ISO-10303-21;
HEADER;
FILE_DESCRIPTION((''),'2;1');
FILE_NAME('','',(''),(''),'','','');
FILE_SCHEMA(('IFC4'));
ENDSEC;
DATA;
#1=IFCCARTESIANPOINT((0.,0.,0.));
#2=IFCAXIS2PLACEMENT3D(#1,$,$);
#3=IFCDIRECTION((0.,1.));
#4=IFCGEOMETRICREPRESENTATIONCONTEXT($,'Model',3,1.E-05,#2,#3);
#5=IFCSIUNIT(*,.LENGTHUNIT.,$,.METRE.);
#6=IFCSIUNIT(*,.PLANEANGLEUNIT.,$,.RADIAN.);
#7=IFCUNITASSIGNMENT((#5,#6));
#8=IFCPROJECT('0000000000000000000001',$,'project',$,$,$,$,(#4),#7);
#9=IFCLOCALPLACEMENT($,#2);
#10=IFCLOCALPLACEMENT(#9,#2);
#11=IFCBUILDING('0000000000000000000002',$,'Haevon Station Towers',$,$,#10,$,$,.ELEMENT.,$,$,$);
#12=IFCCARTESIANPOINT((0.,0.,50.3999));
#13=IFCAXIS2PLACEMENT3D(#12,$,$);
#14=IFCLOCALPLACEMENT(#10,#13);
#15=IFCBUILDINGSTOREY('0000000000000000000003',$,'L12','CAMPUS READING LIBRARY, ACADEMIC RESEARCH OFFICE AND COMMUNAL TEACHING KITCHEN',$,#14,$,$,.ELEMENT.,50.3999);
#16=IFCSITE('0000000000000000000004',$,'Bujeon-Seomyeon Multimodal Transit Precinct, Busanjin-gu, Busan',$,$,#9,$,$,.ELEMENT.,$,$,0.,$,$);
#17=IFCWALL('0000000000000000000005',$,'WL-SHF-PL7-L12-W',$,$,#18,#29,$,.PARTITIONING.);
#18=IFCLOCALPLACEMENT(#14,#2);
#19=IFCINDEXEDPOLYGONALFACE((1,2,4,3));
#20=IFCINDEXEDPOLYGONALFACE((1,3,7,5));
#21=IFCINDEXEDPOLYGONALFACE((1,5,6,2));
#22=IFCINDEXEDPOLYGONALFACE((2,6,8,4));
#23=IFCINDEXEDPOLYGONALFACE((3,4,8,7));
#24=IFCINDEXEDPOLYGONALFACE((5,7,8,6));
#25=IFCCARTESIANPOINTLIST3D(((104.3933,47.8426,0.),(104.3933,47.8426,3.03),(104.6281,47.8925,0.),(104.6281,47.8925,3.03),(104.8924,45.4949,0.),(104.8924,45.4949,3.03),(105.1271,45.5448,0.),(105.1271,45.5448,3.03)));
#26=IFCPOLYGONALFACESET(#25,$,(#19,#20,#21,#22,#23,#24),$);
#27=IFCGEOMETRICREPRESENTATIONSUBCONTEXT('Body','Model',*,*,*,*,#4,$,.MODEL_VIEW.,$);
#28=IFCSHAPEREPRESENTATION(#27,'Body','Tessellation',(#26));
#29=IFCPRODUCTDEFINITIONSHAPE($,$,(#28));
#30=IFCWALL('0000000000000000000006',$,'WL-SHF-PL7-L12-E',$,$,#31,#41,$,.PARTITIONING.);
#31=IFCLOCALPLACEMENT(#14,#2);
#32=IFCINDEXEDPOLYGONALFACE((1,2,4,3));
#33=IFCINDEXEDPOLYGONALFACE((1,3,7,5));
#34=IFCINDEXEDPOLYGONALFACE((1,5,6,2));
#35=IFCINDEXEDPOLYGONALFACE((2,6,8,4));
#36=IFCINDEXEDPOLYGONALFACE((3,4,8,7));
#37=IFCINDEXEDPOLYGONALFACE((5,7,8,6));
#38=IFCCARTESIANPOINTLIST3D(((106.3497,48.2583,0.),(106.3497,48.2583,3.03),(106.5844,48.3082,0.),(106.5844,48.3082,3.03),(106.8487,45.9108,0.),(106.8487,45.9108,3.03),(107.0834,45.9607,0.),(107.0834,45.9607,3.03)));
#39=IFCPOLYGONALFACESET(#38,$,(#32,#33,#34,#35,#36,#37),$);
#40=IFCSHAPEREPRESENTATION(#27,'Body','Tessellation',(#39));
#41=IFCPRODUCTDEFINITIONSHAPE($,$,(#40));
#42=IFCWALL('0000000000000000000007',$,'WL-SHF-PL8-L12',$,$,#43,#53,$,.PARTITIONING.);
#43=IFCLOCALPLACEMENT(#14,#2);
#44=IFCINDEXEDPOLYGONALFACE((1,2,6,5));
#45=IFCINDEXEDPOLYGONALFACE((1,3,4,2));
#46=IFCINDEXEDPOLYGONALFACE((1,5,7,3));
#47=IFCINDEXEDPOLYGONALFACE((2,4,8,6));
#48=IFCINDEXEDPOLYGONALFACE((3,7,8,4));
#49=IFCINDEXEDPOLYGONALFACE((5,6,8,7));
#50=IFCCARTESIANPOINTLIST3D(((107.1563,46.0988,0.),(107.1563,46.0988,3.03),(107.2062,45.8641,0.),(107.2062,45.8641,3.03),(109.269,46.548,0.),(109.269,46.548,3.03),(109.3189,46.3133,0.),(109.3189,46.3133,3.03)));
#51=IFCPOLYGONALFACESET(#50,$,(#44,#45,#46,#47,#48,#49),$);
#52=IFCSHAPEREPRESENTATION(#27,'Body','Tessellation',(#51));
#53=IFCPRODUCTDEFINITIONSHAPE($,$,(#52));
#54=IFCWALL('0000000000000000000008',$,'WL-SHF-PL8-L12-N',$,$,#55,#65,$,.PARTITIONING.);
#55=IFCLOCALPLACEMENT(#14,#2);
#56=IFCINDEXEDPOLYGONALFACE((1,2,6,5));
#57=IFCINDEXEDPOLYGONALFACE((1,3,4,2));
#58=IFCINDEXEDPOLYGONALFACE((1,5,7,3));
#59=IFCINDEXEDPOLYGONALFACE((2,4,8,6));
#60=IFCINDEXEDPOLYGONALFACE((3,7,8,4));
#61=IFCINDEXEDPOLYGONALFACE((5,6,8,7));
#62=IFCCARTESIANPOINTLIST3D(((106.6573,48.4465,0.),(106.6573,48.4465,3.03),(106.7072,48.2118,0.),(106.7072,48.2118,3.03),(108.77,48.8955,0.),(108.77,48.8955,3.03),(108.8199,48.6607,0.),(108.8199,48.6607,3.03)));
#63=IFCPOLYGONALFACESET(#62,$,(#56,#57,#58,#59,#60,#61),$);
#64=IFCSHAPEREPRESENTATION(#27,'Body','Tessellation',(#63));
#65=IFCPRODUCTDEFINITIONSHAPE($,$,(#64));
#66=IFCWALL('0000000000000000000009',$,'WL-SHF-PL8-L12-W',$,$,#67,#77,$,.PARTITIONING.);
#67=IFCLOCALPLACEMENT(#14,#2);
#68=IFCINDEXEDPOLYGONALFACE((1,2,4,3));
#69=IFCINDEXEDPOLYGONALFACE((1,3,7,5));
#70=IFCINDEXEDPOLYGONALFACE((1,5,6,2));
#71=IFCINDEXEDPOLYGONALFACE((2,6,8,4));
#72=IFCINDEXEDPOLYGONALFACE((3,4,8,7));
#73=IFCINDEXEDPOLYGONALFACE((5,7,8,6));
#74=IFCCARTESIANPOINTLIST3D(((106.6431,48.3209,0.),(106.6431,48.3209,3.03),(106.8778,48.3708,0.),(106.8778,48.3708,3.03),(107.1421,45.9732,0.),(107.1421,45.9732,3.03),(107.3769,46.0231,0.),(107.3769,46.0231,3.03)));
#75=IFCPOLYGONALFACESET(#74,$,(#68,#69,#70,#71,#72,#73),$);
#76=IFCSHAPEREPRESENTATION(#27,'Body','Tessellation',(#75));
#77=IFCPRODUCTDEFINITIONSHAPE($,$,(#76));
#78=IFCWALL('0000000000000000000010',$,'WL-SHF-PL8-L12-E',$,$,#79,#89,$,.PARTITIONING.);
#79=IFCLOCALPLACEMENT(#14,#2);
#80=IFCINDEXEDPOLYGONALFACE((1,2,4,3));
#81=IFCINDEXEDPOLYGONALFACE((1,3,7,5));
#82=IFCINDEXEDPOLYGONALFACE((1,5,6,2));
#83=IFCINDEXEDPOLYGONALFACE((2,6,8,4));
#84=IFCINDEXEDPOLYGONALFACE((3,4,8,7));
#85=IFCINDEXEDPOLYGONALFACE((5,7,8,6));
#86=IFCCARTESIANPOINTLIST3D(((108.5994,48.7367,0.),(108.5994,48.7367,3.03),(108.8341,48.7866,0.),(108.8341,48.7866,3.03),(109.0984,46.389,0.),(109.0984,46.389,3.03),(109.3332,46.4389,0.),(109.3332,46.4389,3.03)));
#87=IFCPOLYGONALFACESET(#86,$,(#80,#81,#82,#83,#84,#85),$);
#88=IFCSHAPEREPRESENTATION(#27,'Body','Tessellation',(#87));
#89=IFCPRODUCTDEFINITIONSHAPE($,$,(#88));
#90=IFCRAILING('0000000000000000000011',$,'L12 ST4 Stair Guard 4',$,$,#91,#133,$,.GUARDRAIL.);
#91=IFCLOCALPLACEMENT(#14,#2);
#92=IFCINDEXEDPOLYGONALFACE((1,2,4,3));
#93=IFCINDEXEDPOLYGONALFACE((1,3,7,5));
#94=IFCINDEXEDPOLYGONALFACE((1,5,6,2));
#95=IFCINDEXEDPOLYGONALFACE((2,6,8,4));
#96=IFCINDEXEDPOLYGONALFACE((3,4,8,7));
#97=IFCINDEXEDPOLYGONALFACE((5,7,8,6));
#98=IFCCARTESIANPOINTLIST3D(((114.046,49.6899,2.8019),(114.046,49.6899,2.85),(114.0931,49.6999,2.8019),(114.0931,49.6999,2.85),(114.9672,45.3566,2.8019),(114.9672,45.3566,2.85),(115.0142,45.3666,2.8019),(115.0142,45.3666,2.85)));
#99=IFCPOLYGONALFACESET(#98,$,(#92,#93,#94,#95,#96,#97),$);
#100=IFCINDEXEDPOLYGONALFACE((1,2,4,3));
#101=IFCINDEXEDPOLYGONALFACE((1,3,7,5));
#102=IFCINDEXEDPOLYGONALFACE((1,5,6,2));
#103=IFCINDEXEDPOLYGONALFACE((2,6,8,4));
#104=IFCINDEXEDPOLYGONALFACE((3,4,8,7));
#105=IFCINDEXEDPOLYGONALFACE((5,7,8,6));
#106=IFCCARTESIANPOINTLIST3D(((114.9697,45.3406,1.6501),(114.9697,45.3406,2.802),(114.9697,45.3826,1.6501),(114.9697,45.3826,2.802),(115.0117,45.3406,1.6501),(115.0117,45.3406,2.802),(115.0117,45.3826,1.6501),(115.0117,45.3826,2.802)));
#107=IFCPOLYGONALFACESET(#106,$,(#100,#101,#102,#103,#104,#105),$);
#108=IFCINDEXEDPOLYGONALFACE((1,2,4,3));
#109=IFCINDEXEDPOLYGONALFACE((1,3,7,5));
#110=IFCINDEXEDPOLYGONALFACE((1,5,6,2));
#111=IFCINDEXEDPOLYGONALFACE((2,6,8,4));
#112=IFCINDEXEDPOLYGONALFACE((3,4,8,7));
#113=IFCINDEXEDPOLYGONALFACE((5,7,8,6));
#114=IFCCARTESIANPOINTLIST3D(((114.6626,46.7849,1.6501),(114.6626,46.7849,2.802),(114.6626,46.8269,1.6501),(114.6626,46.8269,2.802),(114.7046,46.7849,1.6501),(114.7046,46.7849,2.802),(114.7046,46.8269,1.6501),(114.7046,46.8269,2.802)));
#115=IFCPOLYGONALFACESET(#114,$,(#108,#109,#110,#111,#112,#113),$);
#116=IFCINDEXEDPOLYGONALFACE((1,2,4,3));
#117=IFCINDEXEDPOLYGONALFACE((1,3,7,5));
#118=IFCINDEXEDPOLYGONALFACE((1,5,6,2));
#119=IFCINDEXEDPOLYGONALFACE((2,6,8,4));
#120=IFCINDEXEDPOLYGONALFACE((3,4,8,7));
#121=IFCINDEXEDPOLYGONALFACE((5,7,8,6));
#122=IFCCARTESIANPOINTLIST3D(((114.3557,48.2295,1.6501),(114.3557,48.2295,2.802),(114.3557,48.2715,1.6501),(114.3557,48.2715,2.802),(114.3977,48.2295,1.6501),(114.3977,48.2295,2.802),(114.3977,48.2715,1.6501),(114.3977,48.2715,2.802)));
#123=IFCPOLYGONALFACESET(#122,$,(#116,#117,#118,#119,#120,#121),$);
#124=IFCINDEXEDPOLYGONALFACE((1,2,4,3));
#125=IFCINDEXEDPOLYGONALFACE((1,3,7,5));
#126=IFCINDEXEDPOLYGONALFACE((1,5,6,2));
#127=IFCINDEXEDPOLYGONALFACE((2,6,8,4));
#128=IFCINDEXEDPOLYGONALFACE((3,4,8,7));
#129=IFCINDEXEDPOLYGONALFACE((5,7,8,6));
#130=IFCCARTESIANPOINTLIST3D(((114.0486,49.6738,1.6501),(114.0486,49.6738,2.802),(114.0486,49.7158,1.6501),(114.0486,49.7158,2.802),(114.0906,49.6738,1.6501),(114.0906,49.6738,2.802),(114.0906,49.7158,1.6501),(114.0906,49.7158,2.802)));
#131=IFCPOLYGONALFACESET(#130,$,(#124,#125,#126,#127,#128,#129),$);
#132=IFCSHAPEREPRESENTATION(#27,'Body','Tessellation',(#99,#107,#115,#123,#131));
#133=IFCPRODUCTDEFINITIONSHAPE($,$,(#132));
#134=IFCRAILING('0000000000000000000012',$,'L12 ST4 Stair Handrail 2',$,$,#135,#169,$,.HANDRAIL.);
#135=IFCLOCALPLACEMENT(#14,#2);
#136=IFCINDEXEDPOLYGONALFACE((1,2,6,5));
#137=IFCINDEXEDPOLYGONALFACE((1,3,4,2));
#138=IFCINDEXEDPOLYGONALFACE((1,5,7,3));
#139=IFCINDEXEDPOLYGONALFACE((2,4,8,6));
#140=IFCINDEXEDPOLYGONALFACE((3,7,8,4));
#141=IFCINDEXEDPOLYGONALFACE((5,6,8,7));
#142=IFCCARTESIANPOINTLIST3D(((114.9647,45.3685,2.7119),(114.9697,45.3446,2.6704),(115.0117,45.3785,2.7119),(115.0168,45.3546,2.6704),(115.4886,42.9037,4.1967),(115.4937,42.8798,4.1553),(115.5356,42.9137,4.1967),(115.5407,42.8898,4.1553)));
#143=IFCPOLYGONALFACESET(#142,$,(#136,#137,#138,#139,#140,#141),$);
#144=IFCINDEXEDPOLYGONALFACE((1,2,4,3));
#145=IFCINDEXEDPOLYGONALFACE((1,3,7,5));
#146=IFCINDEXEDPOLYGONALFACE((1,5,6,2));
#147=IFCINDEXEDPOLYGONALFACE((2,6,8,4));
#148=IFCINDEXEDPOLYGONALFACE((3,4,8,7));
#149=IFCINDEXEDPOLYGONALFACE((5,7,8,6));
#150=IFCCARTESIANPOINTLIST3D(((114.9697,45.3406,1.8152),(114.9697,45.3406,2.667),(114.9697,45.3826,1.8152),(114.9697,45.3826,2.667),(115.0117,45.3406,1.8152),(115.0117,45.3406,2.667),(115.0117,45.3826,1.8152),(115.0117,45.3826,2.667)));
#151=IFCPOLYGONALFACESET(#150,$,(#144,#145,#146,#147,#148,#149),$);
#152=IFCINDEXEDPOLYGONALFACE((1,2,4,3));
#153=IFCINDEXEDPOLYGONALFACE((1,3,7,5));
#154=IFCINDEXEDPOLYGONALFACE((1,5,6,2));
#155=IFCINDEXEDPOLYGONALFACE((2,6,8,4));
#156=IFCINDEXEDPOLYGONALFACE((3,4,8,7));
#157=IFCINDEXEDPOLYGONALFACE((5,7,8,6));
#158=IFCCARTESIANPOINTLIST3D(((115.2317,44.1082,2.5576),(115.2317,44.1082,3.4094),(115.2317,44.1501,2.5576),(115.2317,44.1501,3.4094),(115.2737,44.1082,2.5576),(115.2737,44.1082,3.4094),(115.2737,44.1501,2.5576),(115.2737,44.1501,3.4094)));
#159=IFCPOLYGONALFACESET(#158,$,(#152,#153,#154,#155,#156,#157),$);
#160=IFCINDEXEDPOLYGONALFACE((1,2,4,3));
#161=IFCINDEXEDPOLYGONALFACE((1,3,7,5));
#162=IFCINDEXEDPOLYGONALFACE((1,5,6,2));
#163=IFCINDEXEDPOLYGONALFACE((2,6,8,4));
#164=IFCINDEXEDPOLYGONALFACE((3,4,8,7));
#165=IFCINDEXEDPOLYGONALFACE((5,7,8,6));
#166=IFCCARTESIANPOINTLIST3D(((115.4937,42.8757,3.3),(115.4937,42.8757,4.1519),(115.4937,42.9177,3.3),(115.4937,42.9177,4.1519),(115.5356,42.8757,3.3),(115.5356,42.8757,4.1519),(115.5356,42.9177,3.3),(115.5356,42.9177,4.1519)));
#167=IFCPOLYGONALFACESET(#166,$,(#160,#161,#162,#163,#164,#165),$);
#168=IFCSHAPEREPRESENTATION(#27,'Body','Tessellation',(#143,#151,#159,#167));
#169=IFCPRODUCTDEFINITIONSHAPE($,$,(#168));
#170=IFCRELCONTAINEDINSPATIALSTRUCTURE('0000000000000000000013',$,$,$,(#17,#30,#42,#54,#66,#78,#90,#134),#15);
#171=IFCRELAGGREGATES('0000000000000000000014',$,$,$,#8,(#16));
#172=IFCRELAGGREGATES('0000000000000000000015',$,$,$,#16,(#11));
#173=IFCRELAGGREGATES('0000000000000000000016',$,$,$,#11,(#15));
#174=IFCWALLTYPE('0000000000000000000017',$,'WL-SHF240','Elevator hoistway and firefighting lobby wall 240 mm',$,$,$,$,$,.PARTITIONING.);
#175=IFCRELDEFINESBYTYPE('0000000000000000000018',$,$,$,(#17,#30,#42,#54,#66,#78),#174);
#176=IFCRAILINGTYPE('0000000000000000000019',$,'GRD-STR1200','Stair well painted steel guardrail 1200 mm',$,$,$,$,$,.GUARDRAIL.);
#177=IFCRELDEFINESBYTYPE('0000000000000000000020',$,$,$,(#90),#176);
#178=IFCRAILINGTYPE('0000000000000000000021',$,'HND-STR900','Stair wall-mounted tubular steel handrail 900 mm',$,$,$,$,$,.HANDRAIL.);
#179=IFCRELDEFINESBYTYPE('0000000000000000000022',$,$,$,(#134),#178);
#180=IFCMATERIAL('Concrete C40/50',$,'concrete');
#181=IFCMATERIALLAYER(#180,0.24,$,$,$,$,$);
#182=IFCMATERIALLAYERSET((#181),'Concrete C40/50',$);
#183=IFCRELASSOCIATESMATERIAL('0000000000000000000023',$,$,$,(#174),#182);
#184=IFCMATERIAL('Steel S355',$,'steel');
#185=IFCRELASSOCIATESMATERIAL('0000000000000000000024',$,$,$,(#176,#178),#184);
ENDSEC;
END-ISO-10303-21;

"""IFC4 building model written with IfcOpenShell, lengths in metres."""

from ifc_helpers import new_model, si_unit, direction, frame, frame_2d, origin, origin_2d, place, context, subcontext, project, spatial, rectangle, extrude, material, layer, layer_set, type_object, element, save


model = new_model("IFC4")

# Units and contexts
model_context = context("Model", 3, precision=1e-05, world=origin(), true_north=direction((0.0, 1.0)))
body_context = subcontext(model_context, "Body", "Model", "MODEL_VIEW")
ifc_project = project(units=[si_unit("LENGTHUNIT", "METRE"), si_unit("PLANEANGLEUNIT", "RADIAN")], contexts=[model_context])

# Site, building, storey
site_placement = place(None, origin())
site = spatial("IfcSite", under=ifc_project, at=site_placement, Name="Bujeon-Seomyeon Multimodal Transit Precinct, Busanjin-gu, Busan", CompositionType="ELEMENT", RefElevation=0.0)
building_placement = place(site_placement, origin())
building = spatial("IfcBuilding", under=site, at=building_placement, Name="Haevon Station Towers", CompositionType="ELEMENT")
storey_placement = place(building_placement, frame((0.0, 0.0, 50.3999)))
storey = spatial("IfcBuildingStorey", under=building, at=storey_placement, Name="L12", Description="CAMPUS READING LIBRARY, ACADEMIC RESEARCH OFFICE AND COMMUNAL TEACHING KITCHEN", CompositionType="ELEMENT", Elevation=50.3999)

# Shared definitions
ifc_material_1 = material(Name="Steel S355", Category="steel")

# Shared definitions
ifc_material_2 = material(Name="Concrete C40/50", Category="concrete")
ifc_layer_1 = layer(ifc_material_2, 0.24)
ifc_layer_set_1 = layer_set([ifc_layer_1], Name="Concrete C40/50")
wall_type_1 = type_object("IfcWallType", Name="WL-SHF240", Description="Elevator hoistway and firefighting lobby wall 240 mm", PredefinedType="PARTITIONING", material=ifc_layer_set_1)

# Walls
wall_1_placement = place(storey_placement, frame((105.0098, 45.5198, 0.0), z_axis=(0.0, 0.0, 1.0), x_axis=(-0.207917, 0.978146, 0.0)))
element("IfcWall", 1, at=wall_1_placement, inside=storey, type_object=wall_type_1, Name="WL-SHF-PL7-L12-W", PredefinedType="PARTITIONING", context=body_context, shape_type="SweptSolid", body=[
    extrude(rectangle(XDim=2.4001, YDim=0.24, at=frame_2d((1.2002, 0.0))), origin(), (0.0, 0.0, 1.0), 3.03),
])
wall_2_placement = place(storey_placement, frame((106.9661, 45.9358, 0.0), z_axis=(0.0, 0.0, 1.0), x_axis=(-0.207938, 0.978142, 0.0)))
element("IfcWall", 2, at=wall_2_placement, inside=storey, type_object=wall_type_1, Name="WL-SHF-PL7-L12-E", PredefinedType="PARTITIONING", context=body_context, shape_type="SweptSolid", body=[
    extrude(rectangle(XDim=2.3999, YDim=0.24, at=frame_2d((1.2, 0.0))), origin(), (0.0, 0.0, 1.0), 3.03),
])
for number, where, z_axis, x_axis, name in (
    (3, (107.1812, 45.9814, 0.0), (0.0, 0.0, 1.0), (0.978135, 0.20797, 0.0), "WL-SHF-PL8-L12"),
    (4, (106.6821, 48.3291, 0.0), (0.0, 0.0, 1.0), (0.978158, 0.207861, 0.0), "WL-SHF-PL8-L12-N"),
):
    element("IfcWall", number, at=place(storey_placement, frame(where, z_axis=z_axis, x_axis=x_axis)), inside=storey, type_object=wall_type_1, Name=name, PredefinedType="PARTITIONING", context=body_context, shape_type="SweptSolid", body=[
        extrude(rectangle(XDim=2.1599, YDim=0.24, at=frame_2d((1.0801, 0.0))), origin(), (0.0, 0.0, 1.0), 3.03),
    ])
for number, where, z_axis, x_axis, name in (
    (5, (107.2595, 45.998, 0.0), (0.0, 0.0, 1.0), (-0.207917, 0.978146, 0.0), "WL-SHF-PL8-L12-W"),
    (6, (109.2158, 46.4138, 0.0), (0.0, 0.0, 1.0), (-0.207917, 0.978146, 0.0), "WL-SHF-PL8-L12-E"),
):
    element("IfcWall", number, at=place(storey_placement, frame(where, z_axis=z_axis, x_axis=x_axis)), inside=storey, type_object=wall_type_1, Name=name, PredefinedType="PARTITIONING", context=body_context, shape_type="SweptSolid", body=[
        extrude(rectangle(XDim=2.4001, YDim=0.24, at=frame_2d((1.2002, 0.0))), origin(), (0.0, 0.0, 1.0), 3.03),
    ])

# Railings
railing_type_1 = type_object("IfcRailingType", Name="GRD-STR1200", Description="Stair well painted steel guardrail 1200 mm", PredefinedType="GUARDRAIL", material=ifc_material_1)
railing_1_placement = place(storey_placement, frame((114.9907, 45.3616, 1.6501)))
element("IfcRailing", 7, at=railing_1_placement, inside=storey, type_object=railing_type_1, Name="L12 ST4 Stair Guard 4", PredefinedType="GUARDRAIL", context=body_context, shape_type="SweptSolid", body=[
    extrude(rectangle(XDim=0.0481, YDim=0.0481, at=origin_2d()), frame((0.0, 0.0, 1.1758), z_axis=(-0.207929, 0.978144, 0.0), x_axis=(-0.978144, -0.207929, 0.0)), (0.0, 0.0, 1.0), 4.4302),
    extrude(rectangle(XDim=0.042, YDim=0.042, at=origin_2d()), origin(), (0.0, 0.0, 1.0), 1.1519),
    extrude(rectangle(XDim=0.042, YDim=0.042, at=origin_2d()), frame((-0.3071, 1.4443, 0.0)), (0.0, 0.0, 1.0), 1.1519),
    extrude(rectangle(XDim=0.042, YDim=0.042, at=origin_2d()), frame((-0.614, 2.8889, 0.0)), (0.0, 0.0, 1.0), 1.1519),
    extrude(rectangle(XDim=0.042, YDim=0.042, at=origin_2d()), frame((-0.9211, 4.3333, 0.0)), (0.0, 0.0, 1.0), 1.1519),
])
railing_type_2 = type_object("IfcRailingType", Name="HND-STR900", Description="Stair wall-mounted tubular steel handrail 900 mm", PredefinedType="HANDRAIL", material=ifc_material_1)
railing_2_placement = place(storey_placement, frame((114.9907, 45.3616, 1.8152)))
element("IfcRailing", 8, at=railing_2_placement, inside=storey, type_object=railing_type_2, Name="L12 ST4 Stair Handrail 2", PredefinedType="HANDRAIL", context=body_context, shape_type="SweptSolid", body=[
    extrude(rectangle(XDim=0.0481, YDim=0.0481, at=origin_2d()), frame((0.0, 0.0, 0.876), z_axis=(0.179129, -0.842724, 0.507671), x_axis=(0.978147, 0.207914, 0.0)), (0.0, 0.0, 1.0), 2.9248),
    extrude(rectangle(XDim=0.042, YDim=0.042, at=origin_2d()), origin(), (0.0, 0.0, 1.0), 0.8518),
    extrude(rectangle(XDim=0.042, YDim=0.042, at=origin_2d()), frame((0.262, -1.2324, 0.7424)), (0.0, 0.0, 1.0), 0.8518),
    extrude(rectangle(XDim=0.042, YDim=0.042, at=origin_2d()), frame((0.5239, -2.4648, 1.4849)), (0.0, 0.0, 1.0), 0.8518),
])

save(model, "model.ifc")
